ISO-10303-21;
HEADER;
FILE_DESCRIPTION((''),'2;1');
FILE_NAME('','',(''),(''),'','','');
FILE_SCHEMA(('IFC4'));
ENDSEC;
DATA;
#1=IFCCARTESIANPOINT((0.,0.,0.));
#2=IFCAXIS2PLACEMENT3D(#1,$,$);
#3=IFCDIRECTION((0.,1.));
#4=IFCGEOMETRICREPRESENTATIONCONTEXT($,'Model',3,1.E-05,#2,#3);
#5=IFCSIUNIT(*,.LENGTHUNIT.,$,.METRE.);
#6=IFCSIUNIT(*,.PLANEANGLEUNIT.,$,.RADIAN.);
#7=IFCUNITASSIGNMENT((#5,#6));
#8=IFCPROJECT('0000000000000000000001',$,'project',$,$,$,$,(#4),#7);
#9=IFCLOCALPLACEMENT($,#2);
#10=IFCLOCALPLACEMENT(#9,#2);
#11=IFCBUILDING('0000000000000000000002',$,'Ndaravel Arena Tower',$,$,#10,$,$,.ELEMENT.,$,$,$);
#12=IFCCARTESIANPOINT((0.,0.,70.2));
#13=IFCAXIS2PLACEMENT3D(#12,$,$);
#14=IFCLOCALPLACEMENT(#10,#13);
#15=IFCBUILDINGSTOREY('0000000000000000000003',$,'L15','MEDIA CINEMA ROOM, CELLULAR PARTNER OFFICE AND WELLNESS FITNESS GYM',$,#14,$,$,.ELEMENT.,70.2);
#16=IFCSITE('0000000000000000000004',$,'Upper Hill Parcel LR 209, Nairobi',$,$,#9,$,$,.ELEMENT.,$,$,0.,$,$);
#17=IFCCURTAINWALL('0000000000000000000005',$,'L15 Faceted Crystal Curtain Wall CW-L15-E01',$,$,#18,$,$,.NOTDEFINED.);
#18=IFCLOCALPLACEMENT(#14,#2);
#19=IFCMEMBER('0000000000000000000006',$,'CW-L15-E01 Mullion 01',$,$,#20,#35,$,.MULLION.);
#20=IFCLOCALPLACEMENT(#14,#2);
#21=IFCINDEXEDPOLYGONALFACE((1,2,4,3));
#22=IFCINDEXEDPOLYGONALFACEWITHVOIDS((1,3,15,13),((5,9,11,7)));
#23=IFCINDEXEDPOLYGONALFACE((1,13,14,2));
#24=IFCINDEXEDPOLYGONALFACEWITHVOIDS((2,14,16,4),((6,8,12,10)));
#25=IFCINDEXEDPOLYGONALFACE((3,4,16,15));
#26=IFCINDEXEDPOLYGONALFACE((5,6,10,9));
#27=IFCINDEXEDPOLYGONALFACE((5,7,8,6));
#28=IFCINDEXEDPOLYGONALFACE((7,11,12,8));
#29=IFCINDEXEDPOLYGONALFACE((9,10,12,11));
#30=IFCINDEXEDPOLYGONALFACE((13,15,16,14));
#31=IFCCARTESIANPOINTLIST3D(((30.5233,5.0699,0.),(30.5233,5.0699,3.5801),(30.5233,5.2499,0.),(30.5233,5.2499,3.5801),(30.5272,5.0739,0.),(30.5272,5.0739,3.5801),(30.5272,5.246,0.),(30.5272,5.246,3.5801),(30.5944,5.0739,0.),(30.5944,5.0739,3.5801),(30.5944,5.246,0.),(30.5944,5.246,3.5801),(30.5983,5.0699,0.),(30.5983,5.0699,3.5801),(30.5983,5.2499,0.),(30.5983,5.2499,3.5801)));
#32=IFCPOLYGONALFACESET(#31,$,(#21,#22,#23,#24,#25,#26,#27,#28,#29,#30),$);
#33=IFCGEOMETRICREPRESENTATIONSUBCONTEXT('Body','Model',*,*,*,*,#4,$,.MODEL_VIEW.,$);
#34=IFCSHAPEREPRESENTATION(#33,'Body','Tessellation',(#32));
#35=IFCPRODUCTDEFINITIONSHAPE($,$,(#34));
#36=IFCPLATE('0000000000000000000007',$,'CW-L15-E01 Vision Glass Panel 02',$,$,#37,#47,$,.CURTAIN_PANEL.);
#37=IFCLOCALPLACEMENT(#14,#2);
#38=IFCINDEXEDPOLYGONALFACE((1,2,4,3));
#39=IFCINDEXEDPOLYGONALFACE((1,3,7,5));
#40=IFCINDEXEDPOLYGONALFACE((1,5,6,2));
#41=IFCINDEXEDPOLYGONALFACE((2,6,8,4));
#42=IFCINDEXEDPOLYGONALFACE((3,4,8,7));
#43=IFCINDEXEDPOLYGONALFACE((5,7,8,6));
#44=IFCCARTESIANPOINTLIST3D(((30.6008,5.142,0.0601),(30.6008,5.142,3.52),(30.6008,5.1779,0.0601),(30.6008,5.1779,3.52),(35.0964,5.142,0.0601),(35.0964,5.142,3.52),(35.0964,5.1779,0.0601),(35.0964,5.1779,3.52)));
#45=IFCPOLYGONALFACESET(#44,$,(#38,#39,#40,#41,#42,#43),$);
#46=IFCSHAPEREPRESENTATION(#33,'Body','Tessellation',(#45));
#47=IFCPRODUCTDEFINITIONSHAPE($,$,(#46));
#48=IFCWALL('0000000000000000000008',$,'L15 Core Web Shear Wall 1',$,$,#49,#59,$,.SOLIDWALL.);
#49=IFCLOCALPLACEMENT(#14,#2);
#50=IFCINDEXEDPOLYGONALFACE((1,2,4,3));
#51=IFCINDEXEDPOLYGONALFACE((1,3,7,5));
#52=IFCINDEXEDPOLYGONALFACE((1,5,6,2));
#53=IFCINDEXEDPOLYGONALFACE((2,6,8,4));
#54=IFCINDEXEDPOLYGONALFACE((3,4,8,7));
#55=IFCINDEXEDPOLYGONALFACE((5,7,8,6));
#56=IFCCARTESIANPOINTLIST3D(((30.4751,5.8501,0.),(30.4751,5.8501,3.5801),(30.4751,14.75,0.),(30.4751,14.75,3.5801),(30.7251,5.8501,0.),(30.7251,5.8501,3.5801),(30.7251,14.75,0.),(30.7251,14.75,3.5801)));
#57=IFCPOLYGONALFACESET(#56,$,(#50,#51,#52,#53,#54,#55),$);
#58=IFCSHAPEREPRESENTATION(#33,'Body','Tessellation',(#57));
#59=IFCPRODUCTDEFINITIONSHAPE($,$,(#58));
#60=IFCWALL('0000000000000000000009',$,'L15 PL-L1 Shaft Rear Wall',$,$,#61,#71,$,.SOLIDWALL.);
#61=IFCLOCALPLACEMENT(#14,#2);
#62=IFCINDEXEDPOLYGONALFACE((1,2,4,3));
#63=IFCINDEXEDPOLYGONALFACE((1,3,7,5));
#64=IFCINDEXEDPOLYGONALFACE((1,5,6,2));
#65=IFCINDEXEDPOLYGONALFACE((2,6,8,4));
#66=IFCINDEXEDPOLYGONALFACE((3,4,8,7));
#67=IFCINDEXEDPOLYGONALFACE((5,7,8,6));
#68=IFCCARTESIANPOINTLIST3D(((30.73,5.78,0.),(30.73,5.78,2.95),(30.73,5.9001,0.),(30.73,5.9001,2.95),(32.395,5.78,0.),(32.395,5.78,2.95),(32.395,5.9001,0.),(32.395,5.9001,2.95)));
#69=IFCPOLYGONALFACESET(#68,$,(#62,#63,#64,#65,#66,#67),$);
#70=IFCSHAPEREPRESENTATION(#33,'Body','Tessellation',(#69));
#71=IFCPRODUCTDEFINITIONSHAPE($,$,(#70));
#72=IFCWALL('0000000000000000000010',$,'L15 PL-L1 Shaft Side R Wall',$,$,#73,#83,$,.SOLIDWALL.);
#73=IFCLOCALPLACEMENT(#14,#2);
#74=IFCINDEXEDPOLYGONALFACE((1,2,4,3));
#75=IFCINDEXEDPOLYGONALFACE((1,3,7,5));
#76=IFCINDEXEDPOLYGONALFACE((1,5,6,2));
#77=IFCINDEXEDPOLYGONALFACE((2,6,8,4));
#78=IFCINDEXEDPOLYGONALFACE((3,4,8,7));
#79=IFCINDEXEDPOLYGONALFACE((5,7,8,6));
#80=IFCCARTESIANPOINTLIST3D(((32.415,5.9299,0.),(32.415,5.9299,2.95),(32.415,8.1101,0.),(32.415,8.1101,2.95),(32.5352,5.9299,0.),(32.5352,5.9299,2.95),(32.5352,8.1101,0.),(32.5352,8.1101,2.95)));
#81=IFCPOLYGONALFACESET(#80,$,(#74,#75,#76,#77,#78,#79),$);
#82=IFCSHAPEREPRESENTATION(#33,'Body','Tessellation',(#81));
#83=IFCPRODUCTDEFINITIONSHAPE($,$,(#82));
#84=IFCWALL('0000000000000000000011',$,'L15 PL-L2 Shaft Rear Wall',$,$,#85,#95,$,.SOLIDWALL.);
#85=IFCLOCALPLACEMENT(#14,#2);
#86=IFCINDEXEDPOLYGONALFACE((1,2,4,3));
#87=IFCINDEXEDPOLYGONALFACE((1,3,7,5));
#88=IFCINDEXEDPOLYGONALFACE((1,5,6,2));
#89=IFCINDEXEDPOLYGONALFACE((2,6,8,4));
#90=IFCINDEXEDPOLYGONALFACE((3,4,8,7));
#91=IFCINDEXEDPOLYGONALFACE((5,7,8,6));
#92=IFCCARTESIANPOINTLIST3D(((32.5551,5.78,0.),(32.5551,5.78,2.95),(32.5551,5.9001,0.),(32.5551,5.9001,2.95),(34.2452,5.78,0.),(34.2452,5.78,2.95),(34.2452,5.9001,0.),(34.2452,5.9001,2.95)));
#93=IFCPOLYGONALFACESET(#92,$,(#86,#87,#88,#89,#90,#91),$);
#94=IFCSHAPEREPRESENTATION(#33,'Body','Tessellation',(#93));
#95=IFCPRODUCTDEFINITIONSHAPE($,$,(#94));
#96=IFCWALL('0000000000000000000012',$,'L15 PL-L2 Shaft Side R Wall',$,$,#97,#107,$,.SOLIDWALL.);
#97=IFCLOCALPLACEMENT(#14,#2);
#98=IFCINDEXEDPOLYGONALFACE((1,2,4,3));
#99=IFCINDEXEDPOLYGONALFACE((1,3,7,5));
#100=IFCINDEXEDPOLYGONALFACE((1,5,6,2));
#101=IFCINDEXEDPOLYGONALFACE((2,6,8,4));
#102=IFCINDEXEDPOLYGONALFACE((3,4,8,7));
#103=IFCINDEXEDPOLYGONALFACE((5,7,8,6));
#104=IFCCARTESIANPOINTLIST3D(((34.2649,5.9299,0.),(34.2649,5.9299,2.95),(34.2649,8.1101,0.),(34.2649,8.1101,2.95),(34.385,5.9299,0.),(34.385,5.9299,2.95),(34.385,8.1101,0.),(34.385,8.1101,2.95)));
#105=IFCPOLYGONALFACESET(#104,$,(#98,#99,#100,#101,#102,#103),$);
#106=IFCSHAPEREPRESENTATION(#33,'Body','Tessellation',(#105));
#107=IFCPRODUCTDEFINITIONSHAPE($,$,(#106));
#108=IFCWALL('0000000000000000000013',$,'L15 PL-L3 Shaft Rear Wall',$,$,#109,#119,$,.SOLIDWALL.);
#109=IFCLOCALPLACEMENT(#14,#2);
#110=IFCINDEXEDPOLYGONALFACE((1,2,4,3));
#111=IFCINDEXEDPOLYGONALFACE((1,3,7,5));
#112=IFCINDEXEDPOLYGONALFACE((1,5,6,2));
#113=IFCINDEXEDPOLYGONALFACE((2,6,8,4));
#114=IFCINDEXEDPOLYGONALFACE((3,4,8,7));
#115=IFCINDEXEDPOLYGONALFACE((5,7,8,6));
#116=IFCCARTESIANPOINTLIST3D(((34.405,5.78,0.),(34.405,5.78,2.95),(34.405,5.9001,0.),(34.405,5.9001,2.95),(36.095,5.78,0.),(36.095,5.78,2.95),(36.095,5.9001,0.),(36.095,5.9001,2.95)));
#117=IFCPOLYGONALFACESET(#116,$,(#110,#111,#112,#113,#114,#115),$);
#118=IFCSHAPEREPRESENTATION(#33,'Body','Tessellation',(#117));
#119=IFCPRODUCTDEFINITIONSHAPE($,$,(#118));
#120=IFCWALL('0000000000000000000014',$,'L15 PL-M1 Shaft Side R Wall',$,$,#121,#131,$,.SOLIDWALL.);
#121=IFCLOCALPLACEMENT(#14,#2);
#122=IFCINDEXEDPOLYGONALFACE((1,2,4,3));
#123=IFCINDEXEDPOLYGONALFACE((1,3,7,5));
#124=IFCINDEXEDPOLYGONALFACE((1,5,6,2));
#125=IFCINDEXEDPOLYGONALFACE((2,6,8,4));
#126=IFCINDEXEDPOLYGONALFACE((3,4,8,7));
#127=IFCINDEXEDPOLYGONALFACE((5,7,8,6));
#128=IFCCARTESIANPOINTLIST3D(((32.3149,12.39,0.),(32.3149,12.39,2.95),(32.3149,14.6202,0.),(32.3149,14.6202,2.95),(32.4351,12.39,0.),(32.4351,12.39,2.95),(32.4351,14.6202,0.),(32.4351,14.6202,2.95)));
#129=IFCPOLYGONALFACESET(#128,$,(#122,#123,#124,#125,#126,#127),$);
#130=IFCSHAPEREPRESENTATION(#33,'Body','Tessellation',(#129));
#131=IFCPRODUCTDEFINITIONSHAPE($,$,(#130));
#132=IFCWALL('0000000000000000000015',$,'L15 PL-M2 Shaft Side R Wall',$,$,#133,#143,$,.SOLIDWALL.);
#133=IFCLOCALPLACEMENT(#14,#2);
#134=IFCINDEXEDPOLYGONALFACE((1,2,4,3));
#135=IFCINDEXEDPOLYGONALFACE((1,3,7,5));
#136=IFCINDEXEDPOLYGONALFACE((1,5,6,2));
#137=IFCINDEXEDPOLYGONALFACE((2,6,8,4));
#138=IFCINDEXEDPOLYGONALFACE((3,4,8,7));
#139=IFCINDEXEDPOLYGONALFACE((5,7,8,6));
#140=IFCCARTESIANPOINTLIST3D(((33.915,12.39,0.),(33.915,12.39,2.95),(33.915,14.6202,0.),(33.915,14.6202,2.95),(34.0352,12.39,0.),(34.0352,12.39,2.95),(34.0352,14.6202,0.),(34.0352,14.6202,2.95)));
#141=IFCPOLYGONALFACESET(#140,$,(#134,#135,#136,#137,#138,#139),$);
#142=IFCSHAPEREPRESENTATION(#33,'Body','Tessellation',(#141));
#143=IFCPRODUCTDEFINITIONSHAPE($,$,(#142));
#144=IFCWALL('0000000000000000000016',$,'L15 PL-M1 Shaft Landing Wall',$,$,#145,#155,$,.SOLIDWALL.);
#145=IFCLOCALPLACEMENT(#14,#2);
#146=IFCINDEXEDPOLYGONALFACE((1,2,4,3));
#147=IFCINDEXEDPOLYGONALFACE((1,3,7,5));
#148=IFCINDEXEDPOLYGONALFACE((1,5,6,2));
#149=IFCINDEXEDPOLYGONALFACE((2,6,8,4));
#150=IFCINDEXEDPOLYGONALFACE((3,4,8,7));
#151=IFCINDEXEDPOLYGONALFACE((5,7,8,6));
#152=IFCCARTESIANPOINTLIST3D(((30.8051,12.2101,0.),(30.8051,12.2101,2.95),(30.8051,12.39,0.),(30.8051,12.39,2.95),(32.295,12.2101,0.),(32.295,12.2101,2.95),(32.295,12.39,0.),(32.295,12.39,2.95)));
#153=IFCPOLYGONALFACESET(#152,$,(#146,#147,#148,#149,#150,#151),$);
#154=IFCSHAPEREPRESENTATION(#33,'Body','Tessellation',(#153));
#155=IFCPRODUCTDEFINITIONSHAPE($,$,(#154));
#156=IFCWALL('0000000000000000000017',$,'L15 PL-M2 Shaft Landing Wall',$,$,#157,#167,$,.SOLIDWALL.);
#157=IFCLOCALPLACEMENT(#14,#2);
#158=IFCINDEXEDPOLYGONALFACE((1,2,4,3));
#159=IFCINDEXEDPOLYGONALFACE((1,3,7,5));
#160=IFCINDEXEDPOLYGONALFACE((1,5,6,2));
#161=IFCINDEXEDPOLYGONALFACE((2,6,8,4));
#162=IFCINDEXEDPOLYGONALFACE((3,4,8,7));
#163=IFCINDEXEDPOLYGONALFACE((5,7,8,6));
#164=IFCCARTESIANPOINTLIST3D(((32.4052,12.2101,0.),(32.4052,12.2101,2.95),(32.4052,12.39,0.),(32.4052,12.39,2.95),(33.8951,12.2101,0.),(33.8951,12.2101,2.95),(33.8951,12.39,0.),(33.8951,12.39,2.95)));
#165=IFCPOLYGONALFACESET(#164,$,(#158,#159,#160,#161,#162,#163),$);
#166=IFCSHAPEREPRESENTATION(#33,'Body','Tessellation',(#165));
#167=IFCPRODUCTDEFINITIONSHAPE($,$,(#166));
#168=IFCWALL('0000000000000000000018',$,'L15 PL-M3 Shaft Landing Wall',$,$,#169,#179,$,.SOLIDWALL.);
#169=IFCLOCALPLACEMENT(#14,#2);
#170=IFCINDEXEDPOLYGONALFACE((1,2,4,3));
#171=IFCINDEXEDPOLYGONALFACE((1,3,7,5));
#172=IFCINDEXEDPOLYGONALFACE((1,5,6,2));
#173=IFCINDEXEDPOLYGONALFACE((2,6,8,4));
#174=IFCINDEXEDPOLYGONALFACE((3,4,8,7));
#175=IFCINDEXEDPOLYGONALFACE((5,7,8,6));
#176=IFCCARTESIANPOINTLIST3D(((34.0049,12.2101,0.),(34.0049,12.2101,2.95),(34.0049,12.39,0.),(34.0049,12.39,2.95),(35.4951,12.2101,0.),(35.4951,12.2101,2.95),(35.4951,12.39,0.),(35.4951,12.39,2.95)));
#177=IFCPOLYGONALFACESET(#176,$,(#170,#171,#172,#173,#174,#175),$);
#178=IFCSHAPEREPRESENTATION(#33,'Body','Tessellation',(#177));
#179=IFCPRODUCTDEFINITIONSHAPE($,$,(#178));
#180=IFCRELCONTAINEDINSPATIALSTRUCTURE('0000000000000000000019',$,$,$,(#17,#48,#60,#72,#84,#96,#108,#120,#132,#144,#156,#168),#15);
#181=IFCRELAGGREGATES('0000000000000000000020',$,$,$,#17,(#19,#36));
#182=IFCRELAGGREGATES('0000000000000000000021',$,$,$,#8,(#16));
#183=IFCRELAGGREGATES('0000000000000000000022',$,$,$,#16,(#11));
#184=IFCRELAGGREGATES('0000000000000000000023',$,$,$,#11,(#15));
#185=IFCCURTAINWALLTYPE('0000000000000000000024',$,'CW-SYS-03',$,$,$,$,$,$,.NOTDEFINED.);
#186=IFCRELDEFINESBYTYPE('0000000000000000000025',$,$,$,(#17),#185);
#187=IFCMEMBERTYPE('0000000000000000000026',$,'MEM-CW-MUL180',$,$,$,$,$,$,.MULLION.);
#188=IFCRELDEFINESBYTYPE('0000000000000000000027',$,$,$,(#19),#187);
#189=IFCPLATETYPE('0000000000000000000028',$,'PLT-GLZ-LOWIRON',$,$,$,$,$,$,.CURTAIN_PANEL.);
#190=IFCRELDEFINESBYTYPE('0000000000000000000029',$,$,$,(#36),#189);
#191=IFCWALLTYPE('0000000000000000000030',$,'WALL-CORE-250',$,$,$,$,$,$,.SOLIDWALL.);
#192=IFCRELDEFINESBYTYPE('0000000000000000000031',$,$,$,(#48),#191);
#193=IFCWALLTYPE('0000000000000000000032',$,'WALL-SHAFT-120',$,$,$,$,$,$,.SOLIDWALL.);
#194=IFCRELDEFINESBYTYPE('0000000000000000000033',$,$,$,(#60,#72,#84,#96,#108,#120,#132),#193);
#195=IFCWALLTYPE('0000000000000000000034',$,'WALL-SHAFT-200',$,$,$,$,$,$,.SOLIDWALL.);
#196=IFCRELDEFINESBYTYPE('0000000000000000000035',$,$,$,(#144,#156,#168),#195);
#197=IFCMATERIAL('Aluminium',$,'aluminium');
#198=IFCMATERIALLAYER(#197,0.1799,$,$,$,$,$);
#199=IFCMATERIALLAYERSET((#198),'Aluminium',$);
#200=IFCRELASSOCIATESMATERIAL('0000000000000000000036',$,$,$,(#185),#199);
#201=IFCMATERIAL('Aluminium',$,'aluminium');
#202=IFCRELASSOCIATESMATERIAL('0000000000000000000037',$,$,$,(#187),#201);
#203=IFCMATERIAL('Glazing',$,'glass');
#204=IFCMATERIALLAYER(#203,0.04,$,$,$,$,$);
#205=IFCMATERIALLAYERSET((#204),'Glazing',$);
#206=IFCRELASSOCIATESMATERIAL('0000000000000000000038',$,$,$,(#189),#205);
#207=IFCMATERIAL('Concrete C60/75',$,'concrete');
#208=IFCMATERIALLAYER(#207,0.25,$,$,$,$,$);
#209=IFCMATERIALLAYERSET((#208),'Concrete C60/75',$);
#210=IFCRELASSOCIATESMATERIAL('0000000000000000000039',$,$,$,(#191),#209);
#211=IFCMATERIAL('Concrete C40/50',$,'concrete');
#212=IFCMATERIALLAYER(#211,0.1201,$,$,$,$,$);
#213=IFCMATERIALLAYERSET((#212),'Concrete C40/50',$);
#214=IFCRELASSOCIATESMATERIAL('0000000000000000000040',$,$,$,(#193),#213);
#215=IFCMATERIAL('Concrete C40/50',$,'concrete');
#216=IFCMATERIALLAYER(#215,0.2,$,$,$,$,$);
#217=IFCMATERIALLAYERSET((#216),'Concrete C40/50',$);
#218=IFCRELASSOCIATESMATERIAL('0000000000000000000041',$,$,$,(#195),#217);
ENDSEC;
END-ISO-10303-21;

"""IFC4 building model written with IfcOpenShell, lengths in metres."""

from ifc_helpers import new_model, si_unit, direction, frame, frame_2d, origin, origin_2d, place, context, subcontext, project, spatial, rectangle, hollow_rectangle, extrude, material, layer, layer_set, material_profile, profile_set, type_object, element, aggregate, save


model = new_model("IFC4")

# Units and contexts
model_context = context("Model", 3, precision=1e-05, world=origin(), true_north=direction((0.0, 1.0)))
body_context = subcontext(model_context, "Body", "Model", "MODEL_VIEW")
ifc_project = project(units=[si_unit("LENGTHUNIT", "METRE"), si_unit("PLANEANGLEUNIT", "RADIAN")], contexts=[model_context])

# Site, building, storey
site_placement = place(None, origin())
site = spatial("IfcSite", under=ifc_project, at=site_placement, Name="Upper Hill Parcel LR 209, Nairobi", CompositionType="ELEMENT", RefElevation=0.0)
building_placement = place(site_placement, origin())
building = spatial("IfcBuilding", under=site, at=building_placement, Name="Ndaravel Arena Tower", CompositionType="ELEMENT")
storey_placement = place(building_placement, frame((0.0, 0.0, 70.2)))
storey = spatial("IfcBuildingStorey", under=building, at=storey_placement, Name="L15", Description="MEDIA CINEMA ROOM, CELLULAR PARTNER OFFICE AND WELLNESS FITNESS GYM", CompositionType="ELEMENT", Elevation=70.2)

# Curtain wall, member, plate
ifc_material_1 = material(Name="Aluminium", Category="aluminium")
ifc_layer_1 = layer(ifc_material_1, 0.1799)
ifc_layer_set_1 = layer_set([ifc_layer_1], Name="Aluminium")
curtain_wall_type = type_object("IfcCurtainWallType", Name="CW-SYS-03", PredefinedType="NOTDEFINED", material=ifc_layer_set_1)
curtain_wall_placement = place(storey_placement, origin())
curtain_wall = element("IfcCurtainWall", 1, at=curtain_wall_placement, inside=storey, type_object=curtain_wall_type, Name="L15 Faceted Crystal Curtain Wall CW-L15-E01", PredefinedType="NOTDEFINED")
ifc_material_2 = material(Name="Aluminium", Category="aluminium")
ifc_material_profile = material_profile(ifc_material_2, hollow_rectangle(XDim=0.075, YDim=0.1799, WallThickness=0.0039, at=origin_2d()), Name="CW MULLION 75x180x4")
ifc_profile_set = profile_set([ifc_material_profile], Name="Aluminium")
member_type = type_object("IfcMemberType", Name="MEM-CW-MUL180", PredefinedType="MULLION", material=ifc_profile_set)
member_placement = place(storey_placement, frame((30.5608, 5.1599, 0.0), z_axis=(0.0, 0.0, 1.0), x_axis=(1.0, 0.0, 0.0)))
member = element("IfcMember", 2, at=member_placement, type_object=member_type, Name="CW-L15-E01 Mullion 01", PredefinedType="MULLION", context=body_context, shape_type="SweptSolid", body=[
    extrude(hollow_rectangle(XDim=0.075, YDim=0.1799, WallThickness=0.0039, at=origin_2d()), origin(), (0.0, 0.0, 1.0), 3.5801),
])
ifc_material_3 = material(Name="Glazing", Category="glass")
ifc_layer_2 = layer(ifc_material_3, 0.04)
ifc_layer_set_2 = layer_set([ifc_layer_2], Name="Glazing")
plate_type = type_object("IfcPlateType", Name="PLT-GLZ-LOWIRON", PredefinedType="CURTAIN_PANEL", material=ifc_layer_set_2)
plate_placement = place(storey_placement, frame((32.8486, 5.1599, 0.0601), z_axis=(0.0, 0.0, 1.0), x_axis=(1.0, 0.0, 0.0)))
plate = element("IfcPlate", 3, at=plate_placement, type_object=plate_type, Name="CW-L15-E01 Vision Glass Panel 02", PredefinedType="CURTAIN_PANEL", context=body_context, shape_type="SweptSolid", body=[
    extrude(rectangle(XDim=4.4956, YDim=0.0359, at=origin_2d()), origin(), (0.0, 0.0, 1.0), 3.46),
])
aggregate(curtain_wall, [member, plate])

# Walls
ifc_material_4 = material(Name="Concrete C60/75", Category="concrete")
ifc_layer_3 = layer(ifc_material_4, 0.25)
ifc_layer_set_3 = layer_set([ifc_layer_3], Name="Concrete C60/75")
wall_type_1 = type_object("IfcWallType", Name="WALL-CORE-250", PredefinedType="SOLIDWALL", material=ifc_layer_set_3)
wall_1_placement = place(storey_placement, frame((30.6001, 5.8501, 0.0), z_axis=(0.0, 0.0, 1.0), x_axis=(0.0, 1.0, 0.0)))
element("IfcWall", 4, at=wall_1_placement, inside=storey, type_object=wall_type_1, Name="L15 Core Web Shear Wall 1", PredefinedType="SOLIDWALL", context=body_context, shape_type="SweptSolid", body=[
    extrude(rectangle(XDim=8.8999, YDim=0.25, at=frame_2d((4.45, 0.0))), origin(), (0.0, 0.0, 1.0), 3.5801),
])
ifc_material_5 = material(Name="Concrete C40/50", Category="concrete")
ifc_layer_4 = layer(ifc_material_5, 0.1201)
ifc_layer_set_4 = layer_set([ifc_layer_4], Name="Concrete C40/50")
wall_type_2 = type_object("IfcWallType", Name="WALL-SHAFT-120", PredefinedType="SOLIDWALL", material=ifc_layer_set_4)
wall_2_placement = place(storey_placement, frame((30.73, 5.8401, 0.0), z_axis=(0.0, 0.0, 1.0), x_axis=(1.0, 0.0, 0.0)))
element("IfcWall", 5, at=wall_2_placement, inside=storey, type_object=wall_type_2, Name="L15 PL-L1 Shaft Rear Wall", PredefinedType="SOLIDWALL", context=body_context, shape_type="SweptSolid", body=[
    extrude(rectangle(XDim=1.665, YDim=0.1201, at=frame_2d((0.8325, 0.0))), origin(), (0.0, 0.0, 1.0), 2.95),
])
wall_3_placement = place(storey_placement, frame((32.4751, 5.9299, 0.0), z_axis=(0.0, 0.0, 1.0), x_axis=(0.0, 1.0, 0.0)))
element("IfcWall", 6, at=wall_3_placement, inside=storey, type_object=wall_type_2, Name="L15 PL-L1 Shaft Side R Wall", PredefinedType="SOLIDWALL", context=body_context, shape_type="SweptSolid", body=[
    extrude(rectangle(XDim=2.1802, YDim=0.1201, at=frame_2d((1.0901, 0.0))), origin(), (0.0, 0.0, 1.0), 2.95),
])
wall_4_placement = place(storey_placement, frame((32.5549, 5.8401, 0.0), z_axis=(0.0, 0.0, 1.0), x_axis=(1.0, 0.0, 0.0)))
element("IfcWall", 7, at=wall_4_placement, inside=storey, type_object=wall_type_2, Name="L15 PL-L2 Shaft Rear Wall", PredefinedType="SOLIDWALL", context=body_context, shape_type="SweptSolid", body=[
    extrude(rectangle(XDim=1.6902, YDim=0.1201, at=frame_2d((0.8452, 0.0))), origin(), (0.0, 0.0, 1.0), 2.95),
])
wall_5_placement = place(storey_placement, frame((34.325, 5.9299, 0.0), z_axis=(0.0, 0.0, 1.0), x_axis=(0.0, 1.0, 0.0)))
element("IfcWall", 8, at=wall_5_placement, inside=storey, type_object=wall_type_2, Name="L15 PL-L2 Shaft Side R Wall", PredefinedType="SOLIDWALL", context=body_context, shape_type="SweptSolid", body=[
    extrude(rectangle(XDim=2.1802, YDim=0.1201, at=frame_2d((1.0901, 0.0))), origin(), (0.0, 0.0, 1.0), 2.95),
])
wall_6_placement = place(storey_placement, frame((34.405, 5.8401, 0.0), z_axis=(0.0, 0.0, 1.0), x_axis=(1.0, 0.0, 0.0)))
element("IfcWall", 9, at=wall_6_placement, inside=storey, type_object=wall_type_2, Name="L15 PL-L3 Shaft Rear Wall", PredefinedType="SOLIDWALL", context=body_context, shape_type="SweptSolid", body=[
    extrude(rectangle(XDim=1.6899, YDim=0.1201, at=frame_2d((0.845, 0.0))), origin(), (0.0, 0.0, 1.0), 2.95),
])
for number, where, z_axis, x_axis, name in (
    (10, (32.375, 12.3899, 0.0), (0.0, 0.0, 1.0), (0.0, 1.0, 0.0), "L15 PL-M1 Shaft Side R Wall"),
    (11, (33.9751, 12.3899, 0.0), (0.0, 0.0, 1.0), (0.0, 1.0, 0.0), "L15 PL-M2 Shaft Side R Wall"),
):
    element("IfcWall", number, at=place(storey_placement, frame(where, z_axis=z_axis, x_axis=x_axis)), inside=storey, type_object=wall_type_2, Name=name, PredefinedType="SOLIDWALL", context=body_context, shape_type="SweptSolid", body=[
        extrude(rectangle(XDim=2.2302, YDim=0.1201, at=frame_2d((1.1152, 0.0))), origin(), (0.0, 0.0, 1.0), 2.95),
    ])

# Shared definitions
ifc_material_6 = material(Name="Concrete C40/50", Category="concrete")
ifc_layer_5 = layer(ifc_material_6, 0.2)
ifc_layer_set_5 = layer_set([ifc_layer_5], Name="Concrete C40/50")
wall_type_3 = type_object("IfcWallType", Name="WALL-SHAFT-200", PredefinedType="SOLIDWALL", material=ifc_layer_set_5)

# Walls
for number, where, z_axis, x_axis, name in (
    (12, (30.8049, 12.3, 0.0), (0.0, 0.0, 1.0), (1.0, 0.0, 0.0), "L15 PL-M1 Shaft Landing Wall"),
    (13, (32.405, 12.3, 0.0), (0.0, 0.0, 1.0), (1.0, 0.0, 0.0), "L15 PL-M2 Shaft Landing Wall"),
):
    element("IfcWall", number, at=place(storey_placement, frame(where, z_axis=z_axis, x_axis=x_axis)), inside=storey, type_object=wall_type_3, Name=name, PredefinedType="SOLIDWALL", context=body_context, shape_type="SweptSolid", body=[
        extrude(rectangle(XDim=1.49, YDim=0.1799, at=frame_2d((0.7451, 0.0))), origin(), (0.0, 0.0, 1.0), 2.95),
    ])
wall_7_placement = place(storey_placement, frame((34.0049, 12.3, 0.0), z_axis=(0.0, 0.0, 1.0), x_axis=(1.0, 0.0, 0.0)))
element("IfcWall", 14, at=wall_7_placement, inside=storey, type_object=wall_type_3, Name="L15 PL-M3 Shaft Landing Wall", PredefinedType="SOLIDWALL", context=body_context, shape_type="SweptSolid", body=[
    extrude(rectangle(XDim=1.4902, YDim=0.1799, at=frame_2d((0.7451, 0.0))), origin(), (0.0, 0.0, 1.0), 2.95),
])

save(model, "model.ifc")
